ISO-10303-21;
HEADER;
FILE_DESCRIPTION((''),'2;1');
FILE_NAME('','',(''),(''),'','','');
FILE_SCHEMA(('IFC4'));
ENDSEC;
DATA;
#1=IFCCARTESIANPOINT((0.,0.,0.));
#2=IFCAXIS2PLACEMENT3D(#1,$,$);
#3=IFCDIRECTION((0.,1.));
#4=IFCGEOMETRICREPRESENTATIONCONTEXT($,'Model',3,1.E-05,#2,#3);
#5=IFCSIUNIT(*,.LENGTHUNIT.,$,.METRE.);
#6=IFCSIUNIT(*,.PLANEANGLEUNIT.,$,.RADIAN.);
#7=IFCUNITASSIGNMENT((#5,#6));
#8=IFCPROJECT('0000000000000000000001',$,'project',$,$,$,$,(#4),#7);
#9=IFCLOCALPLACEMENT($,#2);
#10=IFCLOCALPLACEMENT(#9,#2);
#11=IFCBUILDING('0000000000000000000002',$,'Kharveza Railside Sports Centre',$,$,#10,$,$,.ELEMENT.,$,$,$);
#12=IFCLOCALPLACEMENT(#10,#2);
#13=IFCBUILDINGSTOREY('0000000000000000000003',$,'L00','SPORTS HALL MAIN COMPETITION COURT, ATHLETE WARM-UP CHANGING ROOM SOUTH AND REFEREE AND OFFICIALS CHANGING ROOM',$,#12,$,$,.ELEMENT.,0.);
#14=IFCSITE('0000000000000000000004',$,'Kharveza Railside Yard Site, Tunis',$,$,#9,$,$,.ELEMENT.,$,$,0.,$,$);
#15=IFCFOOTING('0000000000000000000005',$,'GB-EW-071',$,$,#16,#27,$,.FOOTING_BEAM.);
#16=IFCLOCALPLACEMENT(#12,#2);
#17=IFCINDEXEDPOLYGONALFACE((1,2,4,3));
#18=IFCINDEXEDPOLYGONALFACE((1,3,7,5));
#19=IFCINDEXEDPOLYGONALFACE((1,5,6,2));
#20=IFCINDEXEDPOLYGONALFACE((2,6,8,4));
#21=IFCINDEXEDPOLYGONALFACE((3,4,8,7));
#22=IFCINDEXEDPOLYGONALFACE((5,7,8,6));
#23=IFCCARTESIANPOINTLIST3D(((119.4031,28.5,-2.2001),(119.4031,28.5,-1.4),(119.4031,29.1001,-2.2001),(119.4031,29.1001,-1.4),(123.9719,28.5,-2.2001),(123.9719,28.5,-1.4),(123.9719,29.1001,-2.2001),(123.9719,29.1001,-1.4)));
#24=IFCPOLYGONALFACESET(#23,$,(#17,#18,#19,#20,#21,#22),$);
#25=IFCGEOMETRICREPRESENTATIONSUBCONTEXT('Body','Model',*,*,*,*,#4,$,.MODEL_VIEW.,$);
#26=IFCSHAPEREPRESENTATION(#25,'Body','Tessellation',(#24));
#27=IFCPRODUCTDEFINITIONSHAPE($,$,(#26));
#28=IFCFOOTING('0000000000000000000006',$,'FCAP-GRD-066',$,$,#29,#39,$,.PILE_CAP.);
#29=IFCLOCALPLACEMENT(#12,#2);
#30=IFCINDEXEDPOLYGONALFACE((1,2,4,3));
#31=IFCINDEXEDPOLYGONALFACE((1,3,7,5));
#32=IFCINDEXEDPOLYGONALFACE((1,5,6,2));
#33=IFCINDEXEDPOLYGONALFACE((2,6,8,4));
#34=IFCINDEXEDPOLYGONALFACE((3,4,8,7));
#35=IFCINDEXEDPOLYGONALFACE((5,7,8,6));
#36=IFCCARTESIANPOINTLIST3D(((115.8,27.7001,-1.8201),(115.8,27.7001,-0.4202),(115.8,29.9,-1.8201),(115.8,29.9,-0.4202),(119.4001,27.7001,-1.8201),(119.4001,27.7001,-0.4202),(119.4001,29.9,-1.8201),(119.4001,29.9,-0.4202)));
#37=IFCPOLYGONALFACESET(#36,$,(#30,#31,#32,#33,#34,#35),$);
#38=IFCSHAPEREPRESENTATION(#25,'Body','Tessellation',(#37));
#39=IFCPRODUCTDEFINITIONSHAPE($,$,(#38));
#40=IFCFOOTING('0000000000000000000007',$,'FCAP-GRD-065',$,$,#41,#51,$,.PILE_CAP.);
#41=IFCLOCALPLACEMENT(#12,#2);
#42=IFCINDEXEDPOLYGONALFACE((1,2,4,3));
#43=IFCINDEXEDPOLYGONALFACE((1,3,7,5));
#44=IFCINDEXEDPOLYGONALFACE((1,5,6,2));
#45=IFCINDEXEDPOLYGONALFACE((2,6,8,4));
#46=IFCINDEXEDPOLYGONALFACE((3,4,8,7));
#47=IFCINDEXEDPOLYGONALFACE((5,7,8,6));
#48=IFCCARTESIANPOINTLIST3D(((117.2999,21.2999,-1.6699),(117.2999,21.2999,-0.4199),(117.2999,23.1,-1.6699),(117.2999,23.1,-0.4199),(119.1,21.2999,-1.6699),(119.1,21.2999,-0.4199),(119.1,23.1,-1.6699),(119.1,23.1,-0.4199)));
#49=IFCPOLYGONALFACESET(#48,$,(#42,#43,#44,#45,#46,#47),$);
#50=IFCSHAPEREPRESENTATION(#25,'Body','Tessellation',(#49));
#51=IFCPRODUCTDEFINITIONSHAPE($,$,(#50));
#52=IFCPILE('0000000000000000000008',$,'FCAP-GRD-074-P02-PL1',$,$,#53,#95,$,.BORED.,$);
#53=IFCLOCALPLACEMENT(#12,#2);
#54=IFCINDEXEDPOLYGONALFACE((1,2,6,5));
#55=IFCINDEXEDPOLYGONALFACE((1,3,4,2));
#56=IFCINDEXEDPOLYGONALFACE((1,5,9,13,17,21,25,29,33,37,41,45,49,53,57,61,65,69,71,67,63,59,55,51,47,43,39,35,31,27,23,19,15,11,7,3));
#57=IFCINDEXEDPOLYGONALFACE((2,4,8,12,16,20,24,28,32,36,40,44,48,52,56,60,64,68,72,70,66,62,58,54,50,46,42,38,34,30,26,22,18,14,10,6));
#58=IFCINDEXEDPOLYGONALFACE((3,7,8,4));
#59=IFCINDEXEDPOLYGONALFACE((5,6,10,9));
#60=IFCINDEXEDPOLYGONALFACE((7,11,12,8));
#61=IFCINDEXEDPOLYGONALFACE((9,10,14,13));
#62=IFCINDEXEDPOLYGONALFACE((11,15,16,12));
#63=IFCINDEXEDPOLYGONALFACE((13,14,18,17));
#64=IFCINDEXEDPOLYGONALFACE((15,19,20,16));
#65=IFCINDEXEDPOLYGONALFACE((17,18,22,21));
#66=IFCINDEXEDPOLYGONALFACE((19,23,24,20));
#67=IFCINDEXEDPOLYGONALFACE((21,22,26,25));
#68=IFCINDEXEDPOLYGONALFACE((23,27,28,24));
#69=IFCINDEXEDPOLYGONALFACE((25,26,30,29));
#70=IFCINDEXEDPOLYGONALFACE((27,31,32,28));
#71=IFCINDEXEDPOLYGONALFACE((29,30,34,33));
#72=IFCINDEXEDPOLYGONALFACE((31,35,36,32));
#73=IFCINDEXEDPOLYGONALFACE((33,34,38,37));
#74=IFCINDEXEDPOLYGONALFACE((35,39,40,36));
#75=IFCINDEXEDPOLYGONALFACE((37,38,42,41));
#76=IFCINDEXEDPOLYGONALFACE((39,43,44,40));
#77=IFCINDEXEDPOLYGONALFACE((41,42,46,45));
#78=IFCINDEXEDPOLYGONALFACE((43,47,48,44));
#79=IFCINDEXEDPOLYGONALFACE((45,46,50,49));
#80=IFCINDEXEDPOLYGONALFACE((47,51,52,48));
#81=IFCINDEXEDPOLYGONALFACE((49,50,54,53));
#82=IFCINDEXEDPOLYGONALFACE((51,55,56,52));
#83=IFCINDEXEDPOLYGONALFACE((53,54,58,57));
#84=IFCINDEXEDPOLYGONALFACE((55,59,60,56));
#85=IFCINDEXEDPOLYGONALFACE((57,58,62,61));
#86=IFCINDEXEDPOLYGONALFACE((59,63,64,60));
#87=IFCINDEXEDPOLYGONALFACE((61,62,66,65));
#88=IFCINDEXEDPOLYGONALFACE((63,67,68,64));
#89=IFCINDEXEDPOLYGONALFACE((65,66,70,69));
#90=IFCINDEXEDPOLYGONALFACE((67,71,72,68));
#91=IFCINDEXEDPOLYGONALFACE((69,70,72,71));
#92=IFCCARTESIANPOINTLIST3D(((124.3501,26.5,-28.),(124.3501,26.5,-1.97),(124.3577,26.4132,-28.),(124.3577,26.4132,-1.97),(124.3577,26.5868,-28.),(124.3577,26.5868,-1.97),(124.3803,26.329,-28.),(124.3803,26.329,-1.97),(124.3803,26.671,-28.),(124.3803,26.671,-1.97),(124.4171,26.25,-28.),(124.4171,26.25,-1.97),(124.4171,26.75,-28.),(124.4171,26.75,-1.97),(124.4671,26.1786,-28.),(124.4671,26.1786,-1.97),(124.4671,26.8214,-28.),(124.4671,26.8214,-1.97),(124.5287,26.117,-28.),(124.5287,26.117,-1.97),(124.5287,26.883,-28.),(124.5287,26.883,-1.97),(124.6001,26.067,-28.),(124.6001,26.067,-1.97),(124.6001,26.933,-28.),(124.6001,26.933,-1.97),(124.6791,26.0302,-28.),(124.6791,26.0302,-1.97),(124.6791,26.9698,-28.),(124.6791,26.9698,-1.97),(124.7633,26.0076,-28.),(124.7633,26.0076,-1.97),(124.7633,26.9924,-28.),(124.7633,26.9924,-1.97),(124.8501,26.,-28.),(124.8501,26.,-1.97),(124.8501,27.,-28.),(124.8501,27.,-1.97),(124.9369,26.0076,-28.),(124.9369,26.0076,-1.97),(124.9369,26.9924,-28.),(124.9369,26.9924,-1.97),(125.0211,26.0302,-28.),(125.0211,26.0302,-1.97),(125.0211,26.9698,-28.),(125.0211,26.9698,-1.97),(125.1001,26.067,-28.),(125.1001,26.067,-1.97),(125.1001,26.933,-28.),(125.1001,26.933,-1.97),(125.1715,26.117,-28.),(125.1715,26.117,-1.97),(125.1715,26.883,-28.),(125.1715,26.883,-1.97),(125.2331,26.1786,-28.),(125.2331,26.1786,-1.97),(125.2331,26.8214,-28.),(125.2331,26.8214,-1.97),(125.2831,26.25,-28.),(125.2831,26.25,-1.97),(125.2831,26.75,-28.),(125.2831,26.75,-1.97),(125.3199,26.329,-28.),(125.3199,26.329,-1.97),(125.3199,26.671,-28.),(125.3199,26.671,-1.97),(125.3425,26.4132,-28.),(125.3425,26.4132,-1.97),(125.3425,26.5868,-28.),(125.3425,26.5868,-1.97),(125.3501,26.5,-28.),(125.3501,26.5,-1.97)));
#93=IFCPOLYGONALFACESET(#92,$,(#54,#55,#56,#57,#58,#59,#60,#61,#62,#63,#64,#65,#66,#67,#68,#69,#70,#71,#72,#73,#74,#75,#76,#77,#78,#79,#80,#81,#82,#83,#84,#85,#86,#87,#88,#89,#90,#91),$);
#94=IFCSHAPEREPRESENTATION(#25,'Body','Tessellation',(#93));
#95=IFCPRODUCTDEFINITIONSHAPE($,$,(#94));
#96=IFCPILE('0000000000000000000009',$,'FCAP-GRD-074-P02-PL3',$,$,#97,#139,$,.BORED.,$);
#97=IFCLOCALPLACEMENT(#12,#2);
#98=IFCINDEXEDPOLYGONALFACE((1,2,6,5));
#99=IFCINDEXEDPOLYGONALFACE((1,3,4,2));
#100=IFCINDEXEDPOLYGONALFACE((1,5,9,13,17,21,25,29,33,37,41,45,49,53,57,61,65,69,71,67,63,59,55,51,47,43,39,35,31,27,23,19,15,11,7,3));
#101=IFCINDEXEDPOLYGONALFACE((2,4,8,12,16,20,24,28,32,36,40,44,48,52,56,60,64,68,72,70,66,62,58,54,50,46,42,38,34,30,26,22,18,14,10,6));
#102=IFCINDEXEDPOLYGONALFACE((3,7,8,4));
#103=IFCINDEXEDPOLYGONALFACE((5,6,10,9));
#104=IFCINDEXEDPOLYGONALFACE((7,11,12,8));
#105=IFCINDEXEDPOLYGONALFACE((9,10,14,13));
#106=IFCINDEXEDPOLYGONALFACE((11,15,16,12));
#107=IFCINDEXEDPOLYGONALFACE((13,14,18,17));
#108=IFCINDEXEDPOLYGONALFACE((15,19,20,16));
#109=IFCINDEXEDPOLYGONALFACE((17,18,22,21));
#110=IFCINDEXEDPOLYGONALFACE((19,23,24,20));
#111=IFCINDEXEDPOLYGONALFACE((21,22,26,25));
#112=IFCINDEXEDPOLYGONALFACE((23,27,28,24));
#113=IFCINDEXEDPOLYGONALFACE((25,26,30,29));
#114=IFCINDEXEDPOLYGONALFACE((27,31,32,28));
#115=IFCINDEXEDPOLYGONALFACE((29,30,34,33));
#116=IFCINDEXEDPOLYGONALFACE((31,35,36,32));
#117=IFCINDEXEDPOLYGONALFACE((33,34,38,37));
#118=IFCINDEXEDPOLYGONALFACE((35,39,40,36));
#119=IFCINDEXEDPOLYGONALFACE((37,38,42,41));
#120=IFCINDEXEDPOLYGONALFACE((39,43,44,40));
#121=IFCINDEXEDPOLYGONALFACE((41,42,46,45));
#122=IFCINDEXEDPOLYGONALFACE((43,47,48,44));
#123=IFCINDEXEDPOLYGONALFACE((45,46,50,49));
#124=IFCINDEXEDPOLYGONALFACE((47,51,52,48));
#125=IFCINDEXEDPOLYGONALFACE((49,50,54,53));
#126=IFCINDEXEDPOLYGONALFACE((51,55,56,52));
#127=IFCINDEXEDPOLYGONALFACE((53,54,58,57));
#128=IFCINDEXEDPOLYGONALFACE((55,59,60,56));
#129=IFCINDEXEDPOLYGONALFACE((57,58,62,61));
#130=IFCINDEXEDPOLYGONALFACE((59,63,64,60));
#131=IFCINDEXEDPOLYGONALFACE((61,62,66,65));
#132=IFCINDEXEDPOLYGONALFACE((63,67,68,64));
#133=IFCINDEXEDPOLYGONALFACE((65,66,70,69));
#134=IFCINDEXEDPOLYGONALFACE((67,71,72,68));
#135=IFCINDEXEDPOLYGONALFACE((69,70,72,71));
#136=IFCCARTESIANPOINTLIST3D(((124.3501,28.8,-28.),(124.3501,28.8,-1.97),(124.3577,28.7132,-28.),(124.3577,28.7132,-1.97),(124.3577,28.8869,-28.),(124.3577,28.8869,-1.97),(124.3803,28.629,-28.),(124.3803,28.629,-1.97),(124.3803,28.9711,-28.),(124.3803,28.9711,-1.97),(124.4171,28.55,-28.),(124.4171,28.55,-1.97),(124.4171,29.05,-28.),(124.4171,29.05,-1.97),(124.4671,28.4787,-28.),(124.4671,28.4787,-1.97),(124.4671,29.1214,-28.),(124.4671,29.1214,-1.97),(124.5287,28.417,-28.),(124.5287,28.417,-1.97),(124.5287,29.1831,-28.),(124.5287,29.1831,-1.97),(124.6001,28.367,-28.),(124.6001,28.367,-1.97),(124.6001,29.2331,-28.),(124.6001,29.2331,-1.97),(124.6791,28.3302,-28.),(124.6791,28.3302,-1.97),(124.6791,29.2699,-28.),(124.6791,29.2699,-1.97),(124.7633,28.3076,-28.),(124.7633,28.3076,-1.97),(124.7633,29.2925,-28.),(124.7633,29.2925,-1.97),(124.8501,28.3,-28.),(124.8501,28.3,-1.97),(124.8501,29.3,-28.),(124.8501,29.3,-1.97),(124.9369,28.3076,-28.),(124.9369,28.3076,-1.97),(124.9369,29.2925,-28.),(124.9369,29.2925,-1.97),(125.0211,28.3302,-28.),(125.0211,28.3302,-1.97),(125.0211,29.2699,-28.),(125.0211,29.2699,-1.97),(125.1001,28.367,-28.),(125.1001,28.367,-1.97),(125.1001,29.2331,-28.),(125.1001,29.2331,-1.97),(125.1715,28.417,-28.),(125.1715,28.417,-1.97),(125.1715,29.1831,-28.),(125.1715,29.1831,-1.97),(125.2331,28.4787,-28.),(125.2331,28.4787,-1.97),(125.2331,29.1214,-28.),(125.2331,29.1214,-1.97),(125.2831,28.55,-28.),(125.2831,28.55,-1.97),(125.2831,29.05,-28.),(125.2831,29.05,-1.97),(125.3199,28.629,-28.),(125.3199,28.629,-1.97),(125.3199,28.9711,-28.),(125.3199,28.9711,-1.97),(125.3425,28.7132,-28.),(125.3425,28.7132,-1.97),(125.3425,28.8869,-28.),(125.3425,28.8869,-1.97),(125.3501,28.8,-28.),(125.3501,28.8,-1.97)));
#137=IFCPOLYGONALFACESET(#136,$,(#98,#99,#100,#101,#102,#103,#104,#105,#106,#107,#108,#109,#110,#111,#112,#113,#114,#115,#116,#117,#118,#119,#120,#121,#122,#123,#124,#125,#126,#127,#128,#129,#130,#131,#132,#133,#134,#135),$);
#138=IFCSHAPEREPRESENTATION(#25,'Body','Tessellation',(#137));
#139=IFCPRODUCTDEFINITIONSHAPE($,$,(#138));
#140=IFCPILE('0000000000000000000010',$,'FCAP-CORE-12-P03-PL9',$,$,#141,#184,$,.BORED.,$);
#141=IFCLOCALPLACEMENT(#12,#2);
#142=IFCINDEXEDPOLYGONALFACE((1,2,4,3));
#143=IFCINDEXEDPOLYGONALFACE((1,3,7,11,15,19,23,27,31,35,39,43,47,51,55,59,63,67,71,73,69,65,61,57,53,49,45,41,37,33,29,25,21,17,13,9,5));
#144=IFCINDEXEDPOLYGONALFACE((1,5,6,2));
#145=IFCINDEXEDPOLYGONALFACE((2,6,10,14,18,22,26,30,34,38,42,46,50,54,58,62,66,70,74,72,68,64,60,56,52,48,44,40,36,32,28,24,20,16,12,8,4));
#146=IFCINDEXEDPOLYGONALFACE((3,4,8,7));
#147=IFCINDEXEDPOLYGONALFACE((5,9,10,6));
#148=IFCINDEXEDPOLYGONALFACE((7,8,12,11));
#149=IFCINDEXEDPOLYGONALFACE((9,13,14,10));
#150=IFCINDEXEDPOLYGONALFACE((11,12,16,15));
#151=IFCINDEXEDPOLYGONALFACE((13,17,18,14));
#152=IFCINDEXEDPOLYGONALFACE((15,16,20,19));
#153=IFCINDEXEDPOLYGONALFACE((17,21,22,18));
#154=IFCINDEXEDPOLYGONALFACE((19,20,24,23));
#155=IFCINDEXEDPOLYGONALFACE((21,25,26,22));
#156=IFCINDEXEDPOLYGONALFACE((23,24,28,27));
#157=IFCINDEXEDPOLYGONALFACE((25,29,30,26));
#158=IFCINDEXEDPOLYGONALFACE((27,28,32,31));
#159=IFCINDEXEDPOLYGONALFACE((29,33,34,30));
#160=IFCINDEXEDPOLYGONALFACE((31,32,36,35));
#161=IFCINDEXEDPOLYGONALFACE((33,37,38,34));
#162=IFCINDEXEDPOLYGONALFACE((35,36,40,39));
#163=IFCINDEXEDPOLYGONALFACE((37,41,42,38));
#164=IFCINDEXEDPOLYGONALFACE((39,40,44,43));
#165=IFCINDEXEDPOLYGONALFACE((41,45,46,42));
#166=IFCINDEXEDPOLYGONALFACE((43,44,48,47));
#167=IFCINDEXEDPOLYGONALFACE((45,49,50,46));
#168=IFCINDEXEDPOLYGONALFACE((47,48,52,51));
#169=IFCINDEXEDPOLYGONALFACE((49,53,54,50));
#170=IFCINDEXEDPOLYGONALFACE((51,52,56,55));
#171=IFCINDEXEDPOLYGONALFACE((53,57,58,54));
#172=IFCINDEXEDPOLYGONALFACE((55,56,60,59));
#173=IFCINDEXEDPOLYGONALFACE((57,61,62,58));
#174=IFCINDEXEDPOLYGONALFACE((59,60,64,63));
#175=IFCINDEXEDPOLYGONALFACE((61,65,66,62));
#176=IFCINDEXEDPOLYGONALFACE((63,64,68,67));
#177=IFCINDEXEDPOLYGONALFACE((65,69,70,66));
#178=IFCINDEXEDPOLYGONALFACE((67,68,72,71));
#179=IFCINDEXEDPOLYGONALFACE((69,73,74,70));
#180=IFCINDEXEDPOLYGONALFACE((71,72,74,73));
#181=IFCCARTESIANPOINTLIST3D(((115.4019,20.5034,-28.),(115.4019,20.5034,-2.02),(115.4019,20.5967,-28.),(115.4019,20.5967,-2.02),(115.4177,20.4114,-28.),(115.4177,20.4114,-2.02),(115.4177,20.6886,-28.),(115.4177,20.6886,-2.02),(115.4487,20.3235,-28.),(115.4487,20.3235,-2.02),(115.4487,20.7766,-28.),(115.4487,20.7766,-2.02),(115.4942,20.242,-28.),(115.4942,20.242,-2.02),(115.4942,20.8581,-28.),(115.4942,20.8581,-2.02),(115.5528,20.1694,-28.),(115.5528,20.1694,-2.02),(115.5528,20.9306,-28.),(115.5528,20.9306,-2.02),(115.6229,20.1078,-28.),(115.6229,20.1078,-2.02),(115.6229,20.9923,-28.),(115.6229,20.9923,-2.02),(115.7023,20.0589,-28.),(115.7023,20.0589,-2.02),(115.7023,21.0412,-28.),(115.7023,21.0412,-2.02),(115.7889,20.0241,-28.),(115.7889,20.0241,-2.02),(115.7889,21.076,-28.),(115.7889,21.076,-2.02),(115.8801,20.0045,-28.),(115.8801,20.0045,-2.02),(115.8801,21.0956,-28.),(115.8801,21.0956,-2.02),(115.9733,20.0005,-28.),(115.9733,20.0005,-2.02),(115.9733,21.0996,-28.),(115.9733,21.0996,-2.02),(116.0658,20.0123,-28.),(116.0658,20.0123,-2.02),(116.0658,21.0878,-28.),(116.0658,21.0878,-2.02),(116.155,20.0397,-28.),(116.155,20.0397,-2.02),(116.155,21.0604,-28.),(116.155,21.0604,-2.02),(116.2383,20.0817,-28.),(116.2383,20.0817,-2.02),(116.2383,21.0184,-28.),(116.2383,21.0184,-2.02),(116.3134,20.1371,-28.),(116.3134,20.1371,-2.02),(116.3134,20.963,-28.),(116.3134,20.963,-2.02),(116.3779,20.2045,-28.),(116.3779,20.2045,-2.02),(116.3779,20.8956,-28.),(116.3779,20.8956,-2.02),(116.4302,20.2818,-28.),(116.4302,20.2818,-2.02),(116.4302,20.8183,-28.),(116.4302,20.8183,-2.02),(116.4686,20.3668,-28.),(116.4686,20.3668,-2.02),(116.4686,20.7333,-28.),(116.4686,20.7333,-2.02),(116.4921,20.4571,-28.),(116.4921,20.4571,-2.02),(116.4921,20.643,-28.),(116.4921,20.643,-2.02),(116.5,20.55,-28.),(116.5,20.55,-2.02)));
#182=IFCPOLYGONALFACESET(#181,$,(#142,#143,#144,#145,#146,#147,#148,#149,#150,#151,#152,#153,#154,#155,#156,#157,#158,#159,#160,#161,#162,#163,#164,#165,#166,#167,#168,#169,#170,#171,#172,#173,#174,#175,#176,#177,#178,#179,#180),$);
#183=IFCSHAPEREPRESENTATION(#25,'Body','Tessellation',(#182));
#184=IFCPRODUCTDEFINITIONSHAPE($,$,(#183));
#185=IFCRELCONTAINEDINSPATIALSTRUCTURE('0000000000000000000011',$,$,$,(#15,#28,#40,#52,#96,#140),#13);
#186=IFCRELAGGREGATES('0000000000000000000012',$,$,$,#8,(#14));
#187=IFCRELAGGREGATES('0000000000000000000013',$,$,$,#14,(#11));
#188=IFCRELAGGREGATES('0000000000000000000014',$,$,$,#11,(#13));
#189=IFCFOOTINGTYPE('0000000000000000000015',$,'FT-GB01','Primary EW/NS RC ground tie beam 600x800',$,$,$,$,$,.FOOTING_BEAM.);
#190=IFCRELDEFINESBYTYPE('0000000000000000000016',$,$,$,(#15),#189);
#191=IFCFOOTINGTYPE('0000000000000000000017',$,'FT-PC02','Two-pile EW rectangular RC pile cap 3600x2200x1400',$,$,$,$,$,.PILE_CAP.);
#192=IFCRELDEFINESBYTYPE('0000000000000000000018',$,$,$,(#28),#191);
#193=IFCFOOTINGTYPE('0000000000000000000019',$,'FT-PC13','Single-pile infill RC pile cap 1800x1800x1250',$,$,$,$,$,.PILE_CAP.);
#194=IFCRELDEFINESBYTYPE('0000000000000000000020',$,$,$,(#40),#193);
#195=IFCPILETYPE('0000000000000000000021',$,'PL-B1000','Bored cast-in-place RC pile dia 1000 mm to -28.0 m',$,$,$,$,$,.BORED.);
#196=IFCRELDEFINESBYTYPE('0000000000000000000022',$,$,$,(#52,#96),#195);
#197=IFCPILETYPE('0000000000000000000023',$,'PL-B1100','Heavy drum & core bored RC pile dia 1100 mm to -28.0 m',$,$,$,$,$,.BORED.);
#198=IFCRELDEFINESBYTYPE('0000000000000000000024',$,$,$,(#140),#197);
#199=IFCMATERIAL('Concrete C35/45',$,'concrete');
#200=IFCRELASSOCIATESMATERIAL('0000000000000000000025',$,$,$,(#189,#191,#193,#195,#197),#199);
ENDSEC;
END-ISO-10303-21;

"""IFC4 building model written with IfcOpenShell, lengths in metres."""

from ifc_helpers import new_model, si_unit, direction, frame, origin, origin_2d, place, context, subcontext, project, spatial, rectangle, circle, extrude, material, material_profile, profile_set, type_object, element, save


model = new_model("IFC4")

# Units and contexts
model_context = context("Model", 3, precision=1e-05, world=origin(), true_north=direction((0.0, 1.0)))
body_context = subcontext(model_context, "Body", "Model", "MODEL_VIEW")
ifc_project = project(units=[si_unit("LENGTHUNIT", "METRE"), si_unit("PLANEANGLEUNIT", "RADIAN")], contexts=[model_context])

# Site, building, storey
site_placement = place(None, origin())
site = spatial("IfcSite", under=ifc_project, at=site_placement, Name="Kharveza Railside Yard Site, Tunis", CompositionType="ELEMENT", RefElevation=0.0)
building_placement = place(site_placement, origin())
building = spatial("IfcBuilding", under=site, at=building_placement, Name="Kharveza Railside Sports Centre", CompositionType="ELEMENT")
storey_placement = place(building_placement, origin())
storey = spatial("IfcBuildingStorey", under=building, at=storey_placement, Name="L00", Description="SPORTS HALL MAIN COMPETITION COURT, ATHLETE WARM-UP CHANGING ROOM SOUTH AND REFEREE AND OFFICIALS CHANGING ROOM", CompositionType="ELEMENT", Elevation=0.0)

# Footings
ifc_material_1 = material(Name="Concrete C35/45", Category="concrete")
ifc_material_profile_1 = material_profile(ifc_material_1, rectangle(XDim=0.6001, YDim=0.8, at=origin_2d()), Name="GB 600x800")
ifc_profile_set_1 = profile_set([ifc_material_profile_1], Name="Concrete C35/45")
footing_type_1 = type_object("IfcFootingType", Name="FT-GB01", Description="Primary EW/NS RC ground tie beam 600x800", PredefinedType="FOOTING_BEAM", material=ifc_profile_set_1)
footing_1_placement = place(storey_placement, frame((119.4031, 28.8, -1.8), z_axis=(1.0, 0.0, 0.0), x_axis=(0.0, 1.0, 0.0)))
element("IfcFooting", 1, at=footing_1_placement, inside=storey, type_object=footing_type_1, Name="GB-EW-071", PredefinedType="FOOTING_BEAM", context=body_context, shape_type="SweptSolid", body=[
    extrude(rectangle(XDim=0.6001, YDim=0.8, at=origin_2d()), origin(), (0.0, 0.0, 1.0), 4.5688),
])
footing_type_2 = type_object("IfcFootingType", Name="FT-PC02", Description="Two-pile EW rectangular RC pile cap 3600x2200x1400", PredefinedType="PILE_CAP", material=ifc_material_1)
footing_2_placement = place(storey_placement, frame((117.6001, 28.8, -1.8201), z_axis=(0.0, 0.0, 1.0), x_axis=(1.0, 0.0, 0.0)))
element("IfcFooting", 2, at=footing_2_placement, inside=storey, type_object=footing_type_2, Name="FCAP-GRD-066", PredefinedType="PILE_CAP", context=body_context, shape_type="SweptSolid", body=[
    extrude(rectangle(XDim=3.6001, YDim=2.2, at=origin_2d()), origin(), (0.0, 0.0, 1.0), 1.3999),
])
footing_type_3 = type_object("IfcFootingType", Name="FT-PC13", Description="Single-pile infill RC pile cap 1800x1800x1250", PredefinedType="PILE_CAP", material=ifc_material_1)
footing_3_placement = place(storey_placement, frame((118.2, 22.2, -1.6699), z_axis=(0.0, 0.0, 1.0), x_axis=(1.0, 0.0, 0.0)))
element("IfcFooting", 3, at=footing_3_placement, inside=storey, type_object=footing_type_3, Name="FCAP-GRD-065", PredefinedType="PILE_CAP", context=body_context, shape_type="SweptSolid", body=[
    extrude(rectangle(XDim=1.8, YDim=1.8, at=origin_2d()), origin(), (0.0, 0.0, 1.0), 1.25),
])

# Piles
ifc_material_profile_2 = material_profile(ifc_material_1, circle(Radius=0.5, at=origin_2d()), Name="PILE D1000")
ifc_profile_set_2 = profile_set([ifc_material_profile_2], Name="Concrete C35/45")
pile_type_1 = type_object("IfcPileType", Name="PL-B1000", Description="Bored cast-in-place RC pile dia 1000 mm to -28.0 m", PredefinedType="BORED", material=ifc_profile_set_2)
for number, where, z_axis, x_axis, name in (
    (4, (124.8501, 26.5, -1.97), (0.0, 0.0, -1.0), (1.0, 0.0, 0.0), "FCAP-GRD-074-P02-PL1"),
    (5, (124.8501, 28.8, -1.97), (0.0, 0.0, -1.0), (1.0, 0.0, 0.0), "FCAP-GRD-074-P02-PL3"),
):
    element("IfcPile", number, at=place(storey_placement, frame(where, z_axis=z_axis, x_axis=x_axis)), inside=storey, type_object=pile_type_1, Name=name, PredefinedType="BORED", context=body_context, shape_type="SweptSolid", body=[
        extrude(circle(Radius=0.5, at=origin_2d()), origin(), (0.0, 0.0, 1.0), 26.03),
    ])
ifc_material_profile_3 = material_profile(ifc_material_1, circle(Radius=0.55, at=origin_2d()), Name="PILE D1100")
ifc_profile_set_3 = profile_set([ifc_material_profile_3], Name="Concrete C35/45")
pile_type_2 = type_object("IfcPileType", Name="PL-B1100", Description="Heavy drum & core bored RC pile dia 1100 mm to -28.0 m", PredefinedType="BORED", material=ifc_profile_set_3)
pile_1_placement = place(storey_placement, frame((115.95, 20.55, -2.02), z_axis=(0.0, 0.0, -1.0), x_axis=(1.0, 0.0, 0.0)))
element("IfcPile", 6, at=pile_1_placement, inside=storey, type_object=pile_type_2, Name="FCAP-CORE-12-P03-PL9", PredefinedType="BORED", context=body_context, shape_type="SweptSolid", body=[
    extrude(circle(Radius=0.55, at=origin_2d()), origin(), (0.0, 0.0, 1.0), 25.98),
])

save(model, "model.ifc")
